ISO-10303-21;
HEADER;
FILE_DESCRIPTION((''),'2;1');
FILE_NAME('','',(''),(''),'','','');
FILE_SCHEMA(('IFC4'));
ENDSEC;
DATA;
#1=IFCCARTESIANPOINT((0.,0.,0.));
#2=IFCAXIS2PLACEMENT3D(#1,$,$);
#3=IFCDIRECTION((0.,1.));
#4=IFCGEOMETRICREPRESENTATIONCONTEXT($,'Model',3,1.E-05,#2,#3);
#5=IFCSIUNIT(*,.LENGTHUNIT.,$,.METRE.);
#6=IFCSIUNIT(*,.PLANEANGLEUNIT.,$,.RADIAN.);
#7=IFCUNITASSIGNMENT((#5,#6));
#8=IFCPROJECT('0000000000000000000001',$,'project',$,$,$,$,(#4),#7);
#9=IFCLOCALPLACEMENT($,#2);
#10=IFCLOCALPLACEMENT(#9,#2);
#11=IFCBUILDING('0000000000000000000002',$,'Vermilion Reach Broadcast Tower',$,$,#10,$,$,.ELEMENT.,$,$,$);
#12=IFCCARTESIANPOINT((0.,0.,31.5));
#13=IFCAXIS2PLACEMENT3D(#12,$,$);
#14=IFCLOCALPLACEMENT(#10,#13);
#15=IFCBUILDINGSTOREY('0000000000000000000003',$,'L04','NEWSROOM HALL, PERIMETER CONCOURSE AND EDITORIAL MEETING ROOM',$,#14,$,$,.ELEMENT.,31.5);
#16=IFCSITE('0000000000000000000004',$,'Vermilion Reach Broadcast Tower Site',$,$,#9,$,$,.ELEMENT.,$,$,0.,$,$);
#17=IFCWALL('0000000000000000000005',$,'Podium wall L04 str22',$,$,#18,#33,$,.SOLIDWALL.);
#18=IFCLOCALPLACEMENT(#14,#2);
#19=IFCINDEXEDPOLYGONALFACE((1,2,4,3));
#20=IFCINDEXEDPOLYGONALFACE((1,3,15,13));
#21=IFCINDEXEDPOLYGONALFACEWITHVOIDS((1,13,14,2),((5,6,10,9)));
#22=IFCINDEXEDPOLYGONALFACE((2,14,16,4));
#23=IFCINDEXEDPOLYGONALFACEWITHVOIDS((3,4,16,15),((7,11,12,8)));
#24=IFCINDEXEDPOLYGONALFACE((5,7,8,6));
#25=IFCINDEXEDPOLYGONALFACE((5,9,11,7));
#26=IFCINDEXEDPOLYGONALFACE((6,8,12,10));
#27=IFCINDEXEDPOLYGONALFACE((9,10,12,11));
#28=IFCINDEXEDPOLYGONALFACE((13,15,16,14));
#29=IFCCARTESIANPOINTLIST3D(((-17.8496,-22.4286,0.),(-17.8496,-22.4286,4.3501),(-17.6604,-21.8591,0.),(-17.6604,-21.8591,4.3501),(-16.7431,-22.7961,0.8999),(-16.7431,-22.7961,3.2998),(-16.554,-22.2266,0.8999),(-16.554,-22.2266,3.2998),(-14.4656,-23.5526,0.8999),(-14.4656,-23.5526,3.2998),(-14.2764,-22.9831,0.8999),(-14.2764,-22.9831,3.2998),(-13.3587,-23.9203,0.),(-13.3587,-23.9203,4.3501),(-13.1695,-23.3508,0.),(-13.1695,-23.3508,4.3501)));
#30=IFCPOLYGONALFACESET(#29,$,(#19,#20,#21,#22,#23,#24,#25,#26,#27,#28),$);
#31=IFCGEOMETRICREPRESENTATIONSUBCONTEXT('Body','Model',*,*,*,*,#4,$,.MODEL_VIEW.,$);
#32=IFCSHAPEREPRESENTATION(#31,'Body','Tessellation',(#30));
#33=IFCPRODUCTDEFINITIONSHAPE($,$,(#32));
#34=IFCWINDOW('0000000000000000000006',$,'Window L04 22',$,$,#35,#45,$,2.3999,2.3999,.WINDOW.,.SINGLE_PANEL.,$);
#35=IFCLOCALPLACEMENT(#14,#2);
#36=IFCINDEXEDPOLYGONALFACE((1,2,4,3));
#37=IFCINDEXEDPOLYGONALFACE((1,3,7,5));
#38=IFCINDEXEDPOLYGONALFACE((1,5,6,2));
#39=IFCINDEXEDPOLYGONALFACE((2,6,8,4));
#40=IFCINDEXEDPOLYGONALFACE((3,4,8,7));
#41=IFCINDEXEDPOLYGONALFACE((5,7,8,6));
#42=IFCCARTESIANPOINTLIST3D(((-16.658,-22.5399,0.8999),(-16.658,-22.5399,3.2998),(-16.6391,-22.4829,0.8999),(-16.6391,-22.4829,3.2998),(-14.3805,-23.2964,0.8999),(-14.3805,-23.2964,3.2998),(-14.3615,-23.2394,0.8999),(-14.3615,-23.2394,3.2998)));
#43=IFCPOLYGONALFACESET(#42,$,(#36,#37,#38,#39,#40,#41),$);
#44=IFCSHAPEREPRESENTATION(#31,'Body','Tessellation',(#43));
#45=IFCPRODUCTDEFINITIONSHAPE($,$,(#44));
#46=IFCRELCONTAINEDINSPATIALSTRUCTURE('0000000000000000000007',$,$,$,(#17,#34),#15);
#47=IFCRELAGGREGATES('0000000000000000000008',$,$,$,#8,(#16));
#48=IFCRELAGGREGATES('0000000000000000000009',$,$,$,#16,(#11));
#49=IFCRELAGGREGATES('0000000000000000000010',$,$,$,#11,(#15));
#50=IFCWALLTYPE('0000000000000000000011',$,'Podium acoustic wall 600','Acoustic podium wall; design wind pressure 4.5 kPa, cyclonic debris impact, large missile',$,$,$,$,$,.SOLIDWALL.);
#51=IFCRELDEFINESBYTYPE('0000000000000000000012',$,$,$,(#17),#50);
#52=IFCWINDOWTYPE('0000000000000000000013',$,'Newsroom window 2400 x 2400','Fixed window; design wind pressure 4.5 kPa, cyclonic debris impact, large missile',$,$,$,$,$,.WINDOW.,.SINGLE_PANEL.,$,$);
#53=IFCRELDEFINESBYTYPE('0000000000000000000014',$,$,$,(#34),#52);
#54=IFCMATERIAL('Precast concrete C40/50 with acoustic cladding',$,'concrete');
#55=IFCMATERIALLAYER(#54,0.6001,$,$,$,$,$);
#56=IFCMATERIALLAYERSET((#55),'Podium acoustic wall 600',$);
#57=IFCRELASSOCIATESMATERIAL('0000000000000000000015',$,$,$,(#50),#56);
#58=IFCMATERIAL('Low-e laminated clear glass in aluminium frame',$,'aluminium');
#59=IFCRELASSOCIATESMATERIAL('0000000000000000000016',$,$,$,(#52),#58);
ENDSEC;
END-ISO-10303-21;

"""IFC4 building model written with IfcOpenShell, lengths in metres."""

from ifc_helpers import new_model, si_unit, direction, frame, frame_2d, origin, place, context, subcontext, project, spatial, rectangle, extrude, material, layer, layer_set, type_object, element, fill, save


model = new_model("IFC4")

# Units and contexts
model_context = context("Model", 3, precision=1e-05, world=origin(), true_north=direction((0.0, 1.0)))
body_context = subcontext(model_context, "Body", "Model", "MODEL_VIEW")
ifc_project = project(units=[si_unit("LENGTHUNIT", "METRE"), si_unit("PLANEANGLEUNIT", "RADIAN")], contexts=[model_context])

# Site, building, storey
site_placement = place(None, origin())
site = spatial("IfcSite", under=ifc_project, at=site_placement, Name="Vermilion Reach Broadcast Tower Site", CompositionType="ELEMENT", RefElevation=0.0)
building_placement = place(site_placement, origin())
building = spatial("IfcBuilding", under=site, at=building_placement, Name="Vermilion Reach Broadcast Tower", CompositionType="ELEMENT")
storey_placement = place(building_placement, frame((0.0, 0.0, 31.5)))
storey = spatial("IfcBuildingStorey", under=building, at=storey_placement, Name="L04", Description="NEWSROOM HALL, PERIMETER CONCOURSE AND EDITORIAL MEETING ROOM", CompositionType="ELEMENT", Elevation=31.5)

# Wall, opening, window
ifc_material_1 = material(Name="Precast concrete C40/50 with acoustic cladding", Category="concrete")
ifc_layer_1 = layer(ifc_material_1, 0.6001)
ifc_layer_set_1 = layer_set([ifc_layer_1], Name="Podium acoustic wall 600")
wall_type_1 = type_object("IfcWallType", Name="Podium acoustic wall 600", Description="Acoustic podium wall; design wind pressure 4.5 kPa, cyclonic debris impact, large missile", PredefinedType="SOLIDWALL", material=ifc_layer_set_1)
ifc_material_2 = material(Name="Low-e laminated clear glass in aluminium frame", Category="aluminium")
window_type = type_object("IfcWindowType", Name="Newsroom window 2400 x 2400", Description="Fixed window; design wind pressure 4.5 kPa, cyclonic debris impact, large missile", PartitioningType="SINGLE_PANEL", PredefinedType="WINDOW", material=ifc_material_2)
wall_1_placement = place(storey_placement, frame((-17.7551, -22.1438, 0.0), z_axis=(0.0, 0.0, 1.0), x_axis=(0.949018, -0.315222, 0.0)))
wall_1 = element("IfcWall", 1, at=wall_1_placement, inside=storey, type_object=wall_type_1, Name="Podium wall L04 str22", PredefinedType="SOLIDWALL", context=body_context, shape_type="SweptSolid", body=[
    extrude(rectangle(XDim=4.7322, YDim=0.6001, at=frame_2d((2.3662, 0.0))), origin(), (0.0, 0.0, 1.0), 4.3501),
])
opening_1_placement = place(wall_1_placement, frame((1.166, 0.0, 0.8999)))
opening_1 = element("IfcOpeningElement", 2, at=opening_1_placement, cuts=wall_1, PredefinedType="OPENING", context=body_context, shape_type="SweptSolid", body=[
    extrude(rectangle(XDim=2.3999, YDim=2.3999, at=frame_2d((1.2, 1.2))), frame((0.0, 0.3101, 0.0), z_axis=(0.0, -1.0, 0.0), x_axis=(1.0, 0.0, 0.0)), (0.0, 0.0, 1.0), 0.6201),
])
window_1_placement = place(opening_1_placement, origin())
window_1 = element("IfcWindow", 3, at=window_1_placement, inside=storey, type_object=window_type, Name="Window L04 22", OverallHeight=2.3999, OverallWidth=2.3999, PartitioningType="SINGLE_PANEL", PredefinedType="WINDOW", context=body_context, shape_type="SweptSolid", body=[
    extrude(rectangle(XDim=2.3999, YDim=2.3999, at=frame_2d((1.2, 1.2))), frame((0.0, 0.03, 0.0), z_axis=(0.0, -1.0, 0.0), x_axis=(1.0, 0.0, 0.0)), (0.0, 0.0, 1.0), 0.0601),
])
fill(opening_1, window_1)

save(model, "model.ifc")
